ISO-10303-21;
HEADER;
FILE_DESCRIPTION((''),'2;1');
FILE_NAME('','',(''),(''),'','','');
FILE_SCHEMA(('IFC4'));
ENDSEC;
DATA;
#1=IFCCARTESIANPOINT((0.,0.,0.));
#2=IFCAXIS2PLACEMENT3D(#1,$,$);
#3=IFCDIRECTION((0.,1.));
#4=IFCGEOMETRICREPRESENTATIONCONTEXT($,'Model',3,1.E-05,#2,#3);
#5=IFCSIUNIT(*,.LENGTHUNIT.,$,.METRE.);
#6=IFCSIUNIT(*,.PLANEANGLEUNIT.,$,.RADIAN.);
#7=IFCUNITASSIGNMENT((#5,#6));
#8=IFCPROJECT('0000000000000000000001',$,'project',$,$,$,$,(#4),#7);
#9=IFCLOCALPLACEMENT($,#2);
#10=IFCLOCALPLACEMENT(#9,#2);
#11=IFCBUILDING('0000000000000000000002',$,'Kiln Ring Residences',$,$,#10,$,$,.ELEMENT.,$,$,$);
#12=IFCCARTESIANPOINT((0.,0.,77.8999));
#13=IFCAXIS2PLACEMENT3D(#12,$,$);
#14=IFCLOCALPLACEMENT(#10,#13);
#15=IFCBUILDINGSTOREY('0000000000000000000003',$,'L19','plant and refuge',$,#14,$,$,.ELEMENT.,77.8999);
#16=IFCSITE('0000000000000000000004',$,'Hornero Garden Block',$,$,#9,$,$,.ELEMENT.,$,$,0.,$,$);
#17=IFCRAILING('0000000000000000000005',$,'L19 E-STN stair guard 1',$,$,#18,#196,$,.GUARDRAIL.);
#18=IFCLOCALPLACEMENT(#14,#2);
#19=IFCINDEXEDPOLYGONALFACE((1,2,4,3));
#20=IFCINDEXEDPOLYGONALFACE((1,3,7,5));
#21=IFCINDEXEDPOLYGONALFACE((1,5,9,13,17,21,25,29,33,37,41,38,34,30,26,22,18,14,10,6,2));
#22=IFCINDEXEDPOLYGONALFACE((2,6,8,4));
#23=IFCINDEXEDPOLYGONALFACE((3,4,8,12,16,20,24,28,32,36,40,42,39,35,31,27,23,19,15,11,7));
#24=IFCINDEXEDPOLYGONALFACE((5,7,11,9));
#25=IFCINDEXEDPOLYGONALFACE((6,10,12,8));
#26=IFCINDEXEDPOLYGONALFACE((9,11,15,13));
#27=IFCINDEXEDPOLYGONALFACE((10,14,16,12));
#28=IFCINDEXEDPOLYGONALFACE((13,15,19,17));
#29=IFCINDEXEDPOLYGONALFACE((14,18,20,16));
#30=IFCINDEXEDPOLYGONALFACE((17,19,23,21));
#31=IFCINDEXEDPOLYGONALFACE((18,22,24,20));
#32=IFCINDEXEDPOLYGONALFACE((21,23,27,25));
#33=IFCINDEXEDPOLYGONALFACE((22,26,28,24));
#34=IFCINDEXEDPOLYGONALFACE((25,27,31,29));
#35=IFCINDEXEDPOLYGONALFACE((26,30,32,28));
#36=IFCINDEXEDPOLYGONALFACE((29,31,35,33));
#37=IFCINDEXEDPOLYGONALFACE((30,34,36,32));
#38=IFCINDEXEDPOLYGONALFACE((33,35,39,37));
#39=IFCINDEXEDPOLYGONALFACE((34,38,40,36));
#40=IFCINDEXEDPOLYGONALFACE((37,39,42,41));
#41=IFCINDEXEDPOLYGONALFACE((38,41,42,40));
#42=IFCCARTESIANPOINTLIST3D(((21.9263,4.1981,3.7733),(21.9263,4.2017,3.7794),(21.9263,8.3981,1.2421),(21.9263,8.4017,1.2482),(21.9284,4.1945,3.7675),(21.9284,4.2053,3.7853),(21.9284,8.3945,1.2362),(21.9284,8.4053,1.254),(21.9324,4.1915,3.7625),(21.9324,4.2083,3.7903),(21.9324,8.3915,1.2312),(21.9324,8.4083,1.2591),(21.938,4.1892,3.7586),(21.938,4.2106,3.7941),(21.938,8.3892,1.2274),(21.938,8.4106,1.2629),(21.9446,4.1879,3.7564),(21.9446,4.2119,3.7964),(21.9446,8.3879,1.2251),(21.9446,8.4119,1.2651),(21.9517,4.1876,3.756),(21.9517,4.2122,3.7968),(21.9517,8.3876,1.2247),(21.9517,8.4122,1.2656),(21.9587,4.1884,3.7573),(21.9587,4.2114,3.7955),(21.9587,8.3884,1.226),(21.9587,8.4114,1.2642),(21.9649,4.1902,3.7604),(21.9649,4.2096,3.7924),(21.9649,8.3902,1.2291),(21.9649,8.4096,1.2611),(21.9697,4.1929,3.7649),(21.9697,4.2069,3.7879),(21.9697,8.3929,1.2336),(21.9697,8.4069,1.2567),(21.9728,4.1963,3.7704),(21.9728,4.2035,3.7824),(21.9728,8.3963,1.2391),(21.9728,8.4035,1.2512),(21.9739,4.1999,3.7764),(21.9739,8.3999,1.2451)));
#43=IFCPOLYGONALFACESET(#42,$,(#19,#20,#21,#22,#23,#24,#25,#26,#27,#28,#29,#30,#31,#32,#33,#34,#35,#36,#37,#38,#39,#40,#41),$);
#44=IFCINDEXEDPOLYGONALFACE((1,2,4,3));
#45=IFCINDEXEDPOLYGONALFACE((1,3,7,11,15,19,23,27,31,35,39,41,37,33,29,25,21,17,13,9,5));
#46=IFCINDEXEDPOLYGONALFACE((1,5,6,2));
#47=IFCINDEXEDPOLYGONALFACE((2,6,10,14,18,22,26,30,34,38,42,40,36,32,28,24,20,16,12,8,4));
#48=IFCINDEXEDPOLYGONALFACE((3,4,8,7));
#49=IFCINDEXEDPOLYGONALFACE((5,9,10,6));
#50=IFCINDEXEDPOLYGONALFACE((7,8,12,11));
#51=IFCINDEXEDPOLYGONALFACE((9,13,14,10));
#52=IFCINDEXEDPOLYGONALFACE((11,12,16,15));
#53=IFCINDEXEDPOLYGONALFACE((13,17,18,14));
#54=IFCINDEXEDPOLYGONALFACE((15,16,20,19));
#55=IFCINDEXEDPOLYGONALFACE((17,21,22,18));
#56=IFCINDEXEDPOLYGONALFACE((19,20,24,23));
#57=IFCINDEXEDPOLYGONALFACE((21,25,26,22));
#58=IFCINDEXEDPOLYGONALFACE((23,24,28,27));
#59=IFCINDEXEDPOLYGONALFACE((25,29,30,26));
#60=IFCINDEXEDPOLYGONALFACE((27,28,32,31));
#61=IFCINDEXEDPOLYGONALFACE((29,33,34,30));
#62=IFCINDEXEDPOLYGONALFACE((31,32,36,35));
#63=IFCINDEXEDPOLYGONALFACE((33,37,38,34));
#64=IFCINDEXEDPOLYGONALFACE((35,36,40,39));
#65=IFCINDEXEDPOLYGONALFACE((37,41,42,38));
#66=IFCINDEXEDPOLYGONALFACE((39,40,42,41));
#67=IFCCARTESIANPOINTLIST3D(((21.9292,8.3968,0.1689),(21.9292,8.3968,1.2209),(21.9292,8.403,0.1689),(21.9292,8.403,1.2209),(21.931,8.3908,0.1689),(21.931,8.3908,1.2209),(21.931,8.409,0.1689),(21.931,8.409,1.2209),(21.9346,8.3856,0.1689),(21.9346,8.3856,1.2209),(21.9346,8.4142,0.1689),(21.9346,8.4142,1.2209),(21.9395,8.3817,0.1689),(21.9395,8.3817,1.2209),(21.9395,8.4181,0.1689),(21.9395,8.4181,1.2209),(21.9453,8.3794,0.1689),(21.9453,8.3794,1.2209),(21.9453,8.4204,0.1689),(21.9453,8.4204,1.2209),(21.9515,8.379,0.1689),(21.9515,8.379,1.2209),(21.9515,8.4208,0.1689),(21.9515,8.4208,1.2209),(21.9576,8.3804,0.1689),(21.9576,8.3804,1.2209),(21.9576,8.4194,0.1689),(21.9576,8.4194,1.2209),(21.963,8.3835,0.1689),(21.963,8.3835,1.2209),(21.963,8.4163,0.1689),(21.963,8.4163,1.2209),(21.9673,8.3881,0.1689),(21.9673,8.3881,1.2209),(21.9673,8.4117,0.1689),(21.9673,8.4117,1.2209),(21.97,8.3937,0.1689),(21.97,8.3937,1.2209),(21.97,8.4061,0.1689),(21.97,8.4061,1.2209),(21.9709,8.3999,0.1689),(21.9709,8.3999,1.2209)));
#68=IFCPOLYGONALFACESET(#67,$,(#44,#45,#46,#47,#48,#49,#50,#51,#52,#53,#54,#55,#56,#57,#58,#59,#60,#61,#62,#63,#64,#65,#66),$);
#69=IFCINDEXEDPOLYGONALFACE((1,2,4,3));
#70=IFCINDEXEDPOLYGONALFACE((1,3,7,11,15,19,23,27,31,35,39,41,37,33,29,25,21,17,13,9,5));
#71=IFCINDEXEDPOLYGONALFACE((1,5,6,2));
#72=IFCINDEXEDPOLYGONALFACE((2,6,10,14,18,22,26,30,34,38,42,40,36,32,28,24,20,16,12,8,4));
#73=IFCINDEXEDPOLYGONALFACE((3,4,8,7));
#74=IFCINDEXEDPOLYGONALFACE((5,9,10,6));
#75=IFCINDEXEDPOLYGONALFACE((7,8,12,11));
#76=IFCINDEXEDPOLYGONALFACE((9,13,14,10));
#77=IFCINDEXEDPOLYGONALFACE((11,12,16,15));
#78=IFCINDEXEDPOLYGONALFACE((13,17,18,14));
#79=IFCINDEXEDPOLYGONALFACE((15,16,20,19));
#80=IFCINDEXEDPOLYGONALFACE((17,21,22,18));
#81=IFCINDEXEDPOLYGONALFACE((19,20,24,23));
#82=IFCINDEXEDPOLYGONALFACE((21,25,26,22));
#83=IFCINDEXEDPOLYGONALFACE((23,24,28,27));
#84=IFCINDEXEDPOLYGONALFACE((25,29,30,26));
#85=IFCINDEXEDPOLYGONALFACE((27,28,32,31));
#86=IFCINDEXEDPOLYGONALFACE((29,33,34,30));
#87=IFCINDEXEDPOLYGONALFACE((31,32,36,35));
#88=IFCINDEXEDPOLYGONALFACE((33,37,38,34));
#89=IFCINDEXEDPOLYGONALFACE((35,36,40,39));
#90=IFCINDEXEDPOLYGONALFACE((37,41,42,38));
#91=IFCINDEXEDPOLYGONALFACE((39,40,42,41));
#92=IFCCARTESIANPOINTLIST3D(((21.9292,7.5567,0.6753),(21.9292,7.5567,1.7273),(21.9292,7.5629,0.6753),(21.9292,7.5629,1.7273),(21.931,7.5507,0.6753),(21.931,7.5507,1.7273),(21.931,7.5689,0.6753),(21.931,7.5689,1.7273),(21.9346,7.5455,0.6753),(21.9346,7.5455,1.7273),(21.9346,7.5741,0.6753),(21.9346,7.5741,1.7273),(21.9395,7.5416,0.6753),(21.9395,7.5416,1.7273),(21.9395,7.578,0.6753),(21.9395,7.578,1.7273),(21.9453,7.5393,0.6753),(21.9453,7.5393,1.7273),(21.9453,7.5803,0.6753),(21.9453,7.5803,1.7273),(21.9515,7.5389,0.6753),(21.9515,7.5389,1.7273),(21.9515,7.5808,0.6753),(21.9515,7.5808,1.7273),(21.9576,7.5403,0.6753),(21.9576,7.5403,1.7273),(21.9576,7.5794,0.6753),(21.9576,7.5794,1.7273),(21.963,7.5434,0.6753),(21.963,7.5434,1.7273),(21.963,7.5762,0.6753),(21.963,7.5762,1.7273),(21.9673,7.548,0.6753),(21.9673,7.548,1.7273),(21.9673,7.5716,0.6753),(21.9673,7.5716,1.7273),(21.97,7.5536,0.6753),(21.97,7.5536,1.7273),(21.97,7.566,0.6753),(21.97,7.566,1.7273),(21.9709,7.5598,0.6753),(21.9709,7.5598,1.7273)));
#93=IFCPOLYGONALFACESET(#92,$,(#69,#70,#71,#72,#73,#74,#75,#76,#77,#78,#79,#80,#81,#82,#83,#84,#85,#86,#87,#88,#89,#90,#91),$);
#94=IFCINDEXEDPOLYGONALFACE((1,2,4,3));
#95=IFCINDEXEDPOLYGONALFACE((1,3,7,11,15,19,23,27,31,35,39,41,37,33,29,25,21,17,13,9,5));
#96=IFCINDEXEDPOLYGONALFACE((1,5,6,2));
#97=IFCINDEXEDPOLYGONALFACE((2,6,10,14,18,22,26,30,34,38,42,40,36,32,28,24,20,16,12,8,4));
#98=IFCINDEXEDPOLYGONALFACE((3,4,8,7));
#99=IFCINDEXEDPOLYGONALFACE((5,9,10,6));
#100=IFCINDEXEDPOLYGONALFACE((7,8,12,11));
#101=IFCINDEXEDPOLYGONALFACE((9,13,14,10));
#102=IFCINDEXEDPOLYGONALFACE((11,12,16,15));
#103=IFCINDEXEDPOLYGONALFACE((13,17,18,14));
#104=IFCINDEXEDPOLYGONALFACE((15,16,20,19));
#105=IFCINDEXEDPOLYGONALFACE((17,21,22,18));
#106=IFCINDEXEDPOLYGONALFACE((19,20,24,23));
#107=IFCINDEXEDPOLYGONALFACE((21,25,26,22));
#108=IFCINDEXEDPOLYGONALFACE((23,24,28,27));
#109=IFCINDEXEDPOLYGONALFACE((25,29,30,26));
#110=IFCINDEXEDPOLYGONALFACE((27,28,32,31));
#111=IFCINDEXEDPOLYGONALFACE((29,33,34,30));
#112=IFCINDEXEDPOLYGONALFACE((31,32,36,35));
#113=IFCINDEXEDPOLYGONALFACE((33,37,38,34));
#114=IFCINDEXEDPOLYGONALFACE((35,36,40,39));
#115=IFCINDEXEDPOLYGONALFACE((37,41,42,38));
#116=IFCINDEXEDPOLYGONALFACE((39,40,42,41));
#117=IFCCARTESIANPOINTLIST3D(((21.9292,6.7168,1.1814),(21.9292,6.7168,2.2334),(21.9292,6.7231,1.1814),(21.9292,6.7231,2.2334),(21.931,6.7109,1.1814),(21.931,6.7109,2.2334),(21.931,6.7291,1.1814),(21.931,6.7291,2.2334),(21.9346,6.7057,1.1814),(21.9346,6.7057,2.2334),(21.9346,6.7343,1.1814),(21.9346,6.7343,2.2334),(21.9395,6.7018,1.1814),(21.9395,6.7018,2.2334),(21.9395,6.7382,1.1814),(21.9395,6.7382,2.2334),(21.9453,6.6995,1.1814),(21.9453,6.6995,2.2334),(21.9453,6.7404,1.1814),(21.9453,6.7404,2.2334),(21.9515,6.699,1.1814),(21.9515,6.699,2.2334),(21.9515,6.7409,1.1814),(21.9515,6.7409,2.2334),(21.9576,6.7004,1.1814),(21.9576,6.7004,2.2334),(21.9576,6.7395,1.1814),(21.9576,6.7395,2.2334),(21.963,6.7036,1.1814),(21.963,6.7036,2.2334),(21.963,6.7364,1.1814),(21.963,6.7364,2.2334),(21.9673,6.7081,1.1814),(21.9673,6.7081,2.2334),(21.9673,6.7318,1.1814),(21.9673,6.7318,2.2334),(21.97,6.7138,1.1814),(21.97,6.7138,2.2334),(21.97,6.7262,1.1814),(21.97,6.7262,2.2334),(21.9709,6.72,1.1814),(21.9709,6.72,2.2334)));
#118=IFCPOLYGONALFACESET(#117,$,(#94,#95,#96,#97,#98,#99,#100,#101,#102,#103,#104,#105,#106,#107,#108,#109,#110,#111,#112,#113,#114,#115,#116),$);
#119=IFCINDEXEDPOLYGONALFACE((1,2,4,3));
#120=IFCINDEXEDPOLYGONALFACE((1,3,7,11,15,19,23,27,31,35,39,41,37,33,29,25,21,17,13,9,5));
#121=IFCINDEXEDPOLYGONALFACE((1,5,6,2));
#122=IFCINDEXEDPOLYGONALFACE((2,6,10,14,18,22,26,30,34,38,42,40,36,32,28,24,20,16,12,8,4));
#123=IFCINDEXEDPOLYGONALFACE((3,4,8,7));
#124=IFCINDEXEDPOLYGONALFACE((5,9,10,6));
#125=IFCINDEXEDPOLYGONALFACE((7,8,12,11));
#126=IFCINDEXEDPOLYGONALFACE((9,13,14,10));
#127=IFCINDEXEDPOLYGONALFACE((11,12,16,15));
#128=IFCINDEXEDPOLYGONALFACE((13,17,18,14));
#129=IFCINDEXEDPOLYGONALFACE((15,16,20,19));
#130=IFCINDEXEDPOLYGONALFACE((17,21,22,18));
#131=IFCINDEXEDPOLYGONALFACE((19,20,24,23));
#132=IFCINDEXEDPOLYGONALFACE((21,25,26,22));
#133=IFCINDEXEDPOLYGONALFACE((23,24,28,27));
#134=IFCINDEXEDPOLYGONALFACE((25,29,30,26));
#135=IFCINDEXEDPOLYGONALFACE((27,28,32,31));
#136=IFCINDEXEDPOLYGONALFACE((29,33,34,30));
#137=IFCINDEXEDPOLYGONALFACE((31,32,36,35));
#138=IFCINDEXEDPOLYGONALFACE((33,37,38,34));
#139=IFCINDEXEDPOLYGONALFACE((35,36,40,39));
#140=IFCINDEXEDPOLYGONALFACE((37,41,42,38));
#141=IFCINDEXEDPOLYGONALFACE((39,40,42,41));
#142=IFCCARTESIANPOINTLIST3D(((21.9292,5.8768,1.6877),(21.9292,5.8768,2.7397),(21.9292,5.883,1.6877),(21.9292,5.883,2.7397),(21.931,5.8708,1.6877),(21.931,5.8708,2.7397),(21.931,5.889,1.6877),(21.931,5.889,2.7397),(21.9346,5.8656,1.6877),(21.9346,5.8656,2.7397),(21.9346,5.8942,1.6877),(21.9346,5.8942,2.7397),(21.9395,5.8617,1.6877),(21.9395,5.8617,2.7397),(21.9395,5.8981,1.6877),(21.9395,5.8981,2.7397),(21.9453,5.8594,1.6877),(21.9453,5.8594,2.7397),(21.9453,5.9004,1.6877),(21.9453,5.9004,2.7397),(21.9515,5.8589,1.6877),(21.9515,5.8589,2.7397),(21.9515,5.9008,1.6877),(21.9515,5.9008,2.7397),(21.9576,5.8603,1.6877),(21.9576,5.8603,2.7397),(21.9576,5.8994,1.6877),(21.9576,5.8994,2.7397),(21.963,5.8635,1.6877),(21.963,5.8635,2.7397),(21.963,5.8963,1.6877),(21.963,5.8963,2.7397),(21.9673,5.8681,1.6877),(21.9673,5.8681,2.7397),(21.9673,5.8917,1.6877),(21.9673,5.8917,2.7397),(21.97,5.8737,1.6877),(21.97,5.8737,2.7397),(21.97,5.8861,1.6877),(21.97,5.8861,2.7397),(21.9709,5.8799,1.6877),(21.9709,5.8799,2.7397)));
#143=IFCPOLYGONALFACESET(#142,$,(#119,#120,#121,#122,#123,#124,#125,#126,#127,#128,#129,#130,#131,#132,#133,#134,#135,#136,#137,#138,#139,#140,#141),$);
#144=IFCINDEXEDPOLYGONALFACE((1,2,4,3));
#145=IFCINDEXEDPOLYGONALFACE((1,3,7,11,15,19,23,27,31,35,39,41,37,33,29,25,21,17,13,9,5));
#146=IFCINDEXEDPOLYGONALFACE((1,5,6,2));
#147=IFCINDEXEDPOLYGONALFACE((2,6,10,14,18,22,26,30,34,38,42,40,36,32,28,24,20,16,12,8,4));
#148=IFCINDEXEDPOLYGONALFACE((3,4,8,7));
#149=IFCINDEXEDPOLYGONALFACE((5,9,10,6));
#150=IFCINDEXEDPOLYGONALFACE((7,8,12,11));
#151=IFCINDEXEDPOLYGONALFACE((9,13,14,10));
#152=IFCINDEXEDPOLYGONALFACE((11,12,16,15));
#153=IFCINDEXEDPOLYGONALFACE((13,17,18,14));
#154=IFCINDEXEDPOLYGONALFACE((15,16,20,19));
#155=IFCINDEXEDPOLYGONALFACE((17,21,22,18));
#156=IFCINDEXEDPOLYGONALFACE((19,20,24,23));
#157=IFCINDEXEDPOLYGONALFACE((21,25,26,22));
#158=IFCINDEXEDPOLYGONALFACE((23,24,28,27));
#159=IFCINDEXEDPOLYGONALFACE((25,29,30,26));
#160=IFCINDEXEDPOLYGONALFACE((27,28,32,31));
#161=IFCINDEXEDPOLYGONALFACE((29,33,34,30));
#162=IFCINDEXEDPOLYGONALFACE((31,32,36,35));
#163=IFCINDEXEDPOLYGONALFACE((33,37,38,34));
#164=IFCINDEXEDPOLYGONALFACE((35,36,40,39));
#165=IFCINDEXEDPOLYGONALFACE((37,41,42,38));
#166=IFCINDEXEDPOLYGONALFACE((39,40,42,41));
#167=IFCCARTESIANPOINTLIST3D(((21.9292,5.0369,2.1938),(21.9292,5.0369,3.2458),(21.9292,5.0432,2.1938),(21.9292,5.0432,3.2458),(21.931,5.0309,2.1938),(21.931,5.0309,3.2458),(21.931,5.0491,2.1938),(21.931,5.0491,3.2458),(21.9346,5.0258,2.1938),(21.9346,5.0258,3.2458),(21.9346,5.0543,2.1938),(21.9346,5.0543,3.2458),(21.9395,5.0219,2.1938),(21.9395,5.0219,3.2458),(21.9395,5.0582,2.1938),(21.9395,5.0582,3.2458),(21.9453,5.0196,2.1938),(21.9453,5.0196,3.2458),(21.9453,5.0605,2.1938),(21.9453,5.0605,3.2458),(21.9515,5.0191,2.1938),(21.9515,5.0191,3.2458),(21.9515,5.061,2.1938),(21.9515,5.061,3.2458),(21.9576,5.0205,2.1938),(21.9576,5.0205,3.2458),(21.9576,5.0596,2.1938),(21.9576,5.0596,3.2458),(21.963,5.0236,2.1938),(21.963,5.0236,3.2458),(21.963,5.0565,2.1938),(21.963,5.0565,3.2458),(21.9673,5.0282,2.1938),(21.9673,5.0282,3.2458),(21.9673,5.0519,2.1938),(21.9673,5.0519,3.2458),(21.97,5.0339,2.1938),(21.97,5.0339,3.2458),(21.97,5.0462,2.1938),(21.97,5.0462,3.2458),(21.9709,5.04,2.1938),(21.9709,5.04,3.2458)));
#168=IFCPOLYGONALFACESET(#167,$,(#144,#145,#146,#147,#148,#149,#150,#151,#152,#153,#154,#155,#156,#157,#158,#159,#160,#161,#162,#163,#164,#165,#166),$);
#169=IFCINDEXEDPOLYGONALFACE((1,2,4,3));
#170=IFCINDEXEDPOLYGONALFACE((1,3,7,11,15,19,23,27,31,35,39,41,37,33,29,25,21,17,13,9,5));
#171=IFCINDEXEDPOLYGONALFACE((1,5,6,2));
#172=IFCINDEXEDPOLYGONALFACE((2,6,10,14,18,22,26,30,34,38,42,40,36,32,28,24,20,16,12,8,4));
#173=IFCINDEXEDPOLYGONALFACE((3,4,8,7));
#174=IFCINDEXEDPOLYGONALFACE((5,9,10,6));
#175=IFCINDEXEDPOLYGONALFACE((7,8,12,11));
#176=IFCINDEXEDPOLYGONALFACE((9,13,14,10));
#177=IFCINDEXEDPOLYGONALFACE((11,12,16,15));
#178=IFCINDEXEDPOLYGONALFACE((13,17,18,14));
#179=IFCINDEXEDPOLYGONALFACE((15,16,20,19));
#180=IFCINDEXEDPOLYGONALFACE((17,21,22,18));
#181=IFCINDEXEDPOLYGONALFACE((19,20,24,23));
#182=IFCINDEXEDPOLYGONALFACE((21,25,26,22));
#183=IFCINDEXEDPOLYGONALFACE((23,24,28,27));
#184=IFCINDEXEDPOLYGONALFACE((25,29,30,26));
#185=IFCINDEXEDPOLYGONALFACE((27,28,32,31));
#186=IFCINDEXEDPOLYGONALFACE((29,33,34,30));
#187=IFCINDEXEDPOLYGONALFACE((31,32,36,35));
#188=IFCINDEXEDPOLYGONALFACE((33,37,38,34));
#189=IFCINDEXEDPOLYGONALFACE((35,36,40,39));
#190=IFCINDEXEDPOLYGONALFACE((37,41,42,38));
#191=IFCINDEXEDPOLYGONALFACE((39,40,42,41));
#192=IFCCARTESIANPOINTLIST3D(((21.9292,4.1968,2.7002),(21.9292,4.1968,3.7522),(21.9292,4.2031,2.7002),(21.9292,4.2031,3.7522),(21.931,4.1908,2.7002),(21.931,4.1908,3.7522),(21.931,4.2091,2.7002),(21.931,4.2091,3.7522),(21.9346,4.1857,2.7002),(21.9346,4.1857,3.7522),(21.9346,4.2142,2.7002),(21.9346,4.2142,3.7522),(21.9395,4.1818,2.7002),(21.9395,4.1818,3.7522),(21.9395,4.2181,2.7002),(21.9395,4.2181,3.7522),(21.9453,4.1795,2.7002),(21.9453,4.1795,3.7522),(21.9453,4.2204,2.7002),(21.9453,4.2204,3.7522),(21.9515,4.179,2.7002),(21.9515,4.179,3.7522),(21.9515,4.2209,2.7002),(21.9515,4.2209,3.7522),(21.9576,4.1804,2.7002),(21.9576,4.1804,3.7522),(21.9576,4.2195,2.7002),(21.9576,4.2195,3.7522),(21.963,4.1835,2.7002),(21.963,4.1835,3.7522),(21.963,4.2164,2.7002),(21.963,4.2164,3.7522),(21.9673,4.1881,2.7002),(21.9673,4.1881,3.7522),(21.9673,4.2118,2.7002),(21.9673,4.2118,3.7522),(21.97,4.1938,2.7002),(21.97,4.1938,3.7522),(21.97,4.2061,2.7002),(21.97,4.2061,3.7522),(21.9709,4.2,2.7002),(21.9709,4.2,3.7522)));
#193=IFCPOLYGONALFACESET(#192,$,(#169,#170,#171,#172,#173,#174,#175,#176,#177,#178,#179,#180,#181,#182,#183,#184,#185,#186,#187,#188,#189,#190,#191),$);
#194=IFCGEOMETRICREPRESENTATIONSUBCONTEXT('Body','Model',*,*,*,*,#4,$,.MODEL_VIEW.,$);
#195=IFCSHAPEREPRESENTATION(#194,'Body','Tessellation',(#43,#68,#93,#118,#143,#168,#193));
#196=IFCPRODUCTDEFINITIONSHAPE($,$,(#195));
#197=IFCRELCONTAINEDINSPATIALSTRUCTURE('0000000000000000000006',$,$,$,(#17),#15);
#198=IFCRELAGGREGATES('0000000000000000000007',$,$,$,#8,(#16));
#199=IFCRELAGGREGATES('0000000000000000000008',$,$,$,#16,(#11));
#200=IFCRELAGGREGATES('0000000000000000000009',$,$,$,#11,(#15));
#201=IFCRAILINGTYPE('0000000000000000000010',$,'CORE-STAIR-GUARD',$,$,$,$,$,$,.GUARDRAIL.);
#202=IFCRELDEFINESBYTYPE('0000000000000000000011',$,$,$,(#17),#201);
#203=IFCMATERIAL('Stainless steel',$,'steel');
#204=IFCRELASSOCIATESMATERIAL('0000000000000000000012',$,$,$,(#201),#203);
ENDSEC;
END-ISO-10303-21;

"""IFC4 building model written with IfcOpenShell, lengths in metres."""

from ifc_helpers import new_model, si_unit, direction, frame, origin, origin_2d, place, context, subcontext, project, spatial, circle, extrude, material, type_object, element, save


model = new_model("IFC4")

# Units and contexts
model_context = context("Model", 3, precision=1e-05, world=origin(), true_north=direction((0.0, 1.0)))
body_context = subcontext(model_context, "Body", "Model", "MODEL_VIEW")
ifc_project = project(units=[si_unit("LENGTHUNIT", "METRE"), si_unit("PLANEANGLEUNIT", "RADIAN")], contexts=[model_context])

# Site, building, storey
site_placement = place(None, origin())
site = spatial("IfcSite", under=ifc_project, at=site_placement, Name="Hornero Garden Block", CompositionType="ELEMENT", RefElevation=0.0)
building_placement = place(site_placement, origin())
building = spatial("IfcBuilding", under=site, at=building_placement, Name="Kiln Ring Residences", CompositionType="ELEMENT")
storey_placement = place(building_placement, frame((0.0, 0.0, 77.8999)))
storey = spatial("IfcBuildingStorey", under=building, at=storey_placement, Name="L19", Description="plant and refuge", CompositionType="ELEMENT", Elevation=77.8999)

# Railing
ifc_material_1 = material(Name="Stainless steel", Category="steel")
railing_type_1 = type_object("IfcRailingType", Name="CORE-STAIR-GUARD", PredefinedType="GUARDRAIL", material=ifc_material_1)
railing_1_placement = place(storey_placement, frame((21.95, 8.3999, 0.1689)))
element("IfcRailing", 1, at=railing_1_placement, inside=storey, type_object=railing_type_1, Name="L19 E-STN stair guard 1", PredefinedType="GUARDRAIL", context=body_context, shape_type="SweptSolid", body=[
    extrude(circle(Radius=0.0239, at=origin_2d()), frame((0.0, 0.0, 1.0762), z_axis=(0.0, -0.856476, 0.516186), x_axis=(1.0, 0.0, 0.0)), (0.0, 0.0, 1.0), 4.9038),
    extrude(circle(Radius=0.021, at=origin_2d()), origin(), (0.0, 0.0, 1.0), 1.052),
    extrude(circle(Radius=0.021, at=origin_2d()), frame((0.0, -0.8401, 0.5063)), (0.0, 0.0, 1.0), 1.052),
    extrude(circle(Radius=0.021, at=origin_2d()), frame((0.0, -1.6799, 1.0125)), (0.0, 0.0, 1.0), 1.052),
    extrude(circle(Radius=0.021, at=origin_2d()), frame((0.0, -2.52, 1.5188)), (0.0, 0.0, 1.0), 1.052),
    extrude(circle(Radius=0.021, at=origin_2d()), frame((0.0, -3.3599, 2.0249)), (0.0, 0.0, 1.0), 1.052),
    extrude(circle(Radius=0.021, at=origin_2d()), frame((0.0, -4.2, 2.5312)), (0.0, 0.0, 1.0), 1.052),
])

save(model, "model.ifc")
